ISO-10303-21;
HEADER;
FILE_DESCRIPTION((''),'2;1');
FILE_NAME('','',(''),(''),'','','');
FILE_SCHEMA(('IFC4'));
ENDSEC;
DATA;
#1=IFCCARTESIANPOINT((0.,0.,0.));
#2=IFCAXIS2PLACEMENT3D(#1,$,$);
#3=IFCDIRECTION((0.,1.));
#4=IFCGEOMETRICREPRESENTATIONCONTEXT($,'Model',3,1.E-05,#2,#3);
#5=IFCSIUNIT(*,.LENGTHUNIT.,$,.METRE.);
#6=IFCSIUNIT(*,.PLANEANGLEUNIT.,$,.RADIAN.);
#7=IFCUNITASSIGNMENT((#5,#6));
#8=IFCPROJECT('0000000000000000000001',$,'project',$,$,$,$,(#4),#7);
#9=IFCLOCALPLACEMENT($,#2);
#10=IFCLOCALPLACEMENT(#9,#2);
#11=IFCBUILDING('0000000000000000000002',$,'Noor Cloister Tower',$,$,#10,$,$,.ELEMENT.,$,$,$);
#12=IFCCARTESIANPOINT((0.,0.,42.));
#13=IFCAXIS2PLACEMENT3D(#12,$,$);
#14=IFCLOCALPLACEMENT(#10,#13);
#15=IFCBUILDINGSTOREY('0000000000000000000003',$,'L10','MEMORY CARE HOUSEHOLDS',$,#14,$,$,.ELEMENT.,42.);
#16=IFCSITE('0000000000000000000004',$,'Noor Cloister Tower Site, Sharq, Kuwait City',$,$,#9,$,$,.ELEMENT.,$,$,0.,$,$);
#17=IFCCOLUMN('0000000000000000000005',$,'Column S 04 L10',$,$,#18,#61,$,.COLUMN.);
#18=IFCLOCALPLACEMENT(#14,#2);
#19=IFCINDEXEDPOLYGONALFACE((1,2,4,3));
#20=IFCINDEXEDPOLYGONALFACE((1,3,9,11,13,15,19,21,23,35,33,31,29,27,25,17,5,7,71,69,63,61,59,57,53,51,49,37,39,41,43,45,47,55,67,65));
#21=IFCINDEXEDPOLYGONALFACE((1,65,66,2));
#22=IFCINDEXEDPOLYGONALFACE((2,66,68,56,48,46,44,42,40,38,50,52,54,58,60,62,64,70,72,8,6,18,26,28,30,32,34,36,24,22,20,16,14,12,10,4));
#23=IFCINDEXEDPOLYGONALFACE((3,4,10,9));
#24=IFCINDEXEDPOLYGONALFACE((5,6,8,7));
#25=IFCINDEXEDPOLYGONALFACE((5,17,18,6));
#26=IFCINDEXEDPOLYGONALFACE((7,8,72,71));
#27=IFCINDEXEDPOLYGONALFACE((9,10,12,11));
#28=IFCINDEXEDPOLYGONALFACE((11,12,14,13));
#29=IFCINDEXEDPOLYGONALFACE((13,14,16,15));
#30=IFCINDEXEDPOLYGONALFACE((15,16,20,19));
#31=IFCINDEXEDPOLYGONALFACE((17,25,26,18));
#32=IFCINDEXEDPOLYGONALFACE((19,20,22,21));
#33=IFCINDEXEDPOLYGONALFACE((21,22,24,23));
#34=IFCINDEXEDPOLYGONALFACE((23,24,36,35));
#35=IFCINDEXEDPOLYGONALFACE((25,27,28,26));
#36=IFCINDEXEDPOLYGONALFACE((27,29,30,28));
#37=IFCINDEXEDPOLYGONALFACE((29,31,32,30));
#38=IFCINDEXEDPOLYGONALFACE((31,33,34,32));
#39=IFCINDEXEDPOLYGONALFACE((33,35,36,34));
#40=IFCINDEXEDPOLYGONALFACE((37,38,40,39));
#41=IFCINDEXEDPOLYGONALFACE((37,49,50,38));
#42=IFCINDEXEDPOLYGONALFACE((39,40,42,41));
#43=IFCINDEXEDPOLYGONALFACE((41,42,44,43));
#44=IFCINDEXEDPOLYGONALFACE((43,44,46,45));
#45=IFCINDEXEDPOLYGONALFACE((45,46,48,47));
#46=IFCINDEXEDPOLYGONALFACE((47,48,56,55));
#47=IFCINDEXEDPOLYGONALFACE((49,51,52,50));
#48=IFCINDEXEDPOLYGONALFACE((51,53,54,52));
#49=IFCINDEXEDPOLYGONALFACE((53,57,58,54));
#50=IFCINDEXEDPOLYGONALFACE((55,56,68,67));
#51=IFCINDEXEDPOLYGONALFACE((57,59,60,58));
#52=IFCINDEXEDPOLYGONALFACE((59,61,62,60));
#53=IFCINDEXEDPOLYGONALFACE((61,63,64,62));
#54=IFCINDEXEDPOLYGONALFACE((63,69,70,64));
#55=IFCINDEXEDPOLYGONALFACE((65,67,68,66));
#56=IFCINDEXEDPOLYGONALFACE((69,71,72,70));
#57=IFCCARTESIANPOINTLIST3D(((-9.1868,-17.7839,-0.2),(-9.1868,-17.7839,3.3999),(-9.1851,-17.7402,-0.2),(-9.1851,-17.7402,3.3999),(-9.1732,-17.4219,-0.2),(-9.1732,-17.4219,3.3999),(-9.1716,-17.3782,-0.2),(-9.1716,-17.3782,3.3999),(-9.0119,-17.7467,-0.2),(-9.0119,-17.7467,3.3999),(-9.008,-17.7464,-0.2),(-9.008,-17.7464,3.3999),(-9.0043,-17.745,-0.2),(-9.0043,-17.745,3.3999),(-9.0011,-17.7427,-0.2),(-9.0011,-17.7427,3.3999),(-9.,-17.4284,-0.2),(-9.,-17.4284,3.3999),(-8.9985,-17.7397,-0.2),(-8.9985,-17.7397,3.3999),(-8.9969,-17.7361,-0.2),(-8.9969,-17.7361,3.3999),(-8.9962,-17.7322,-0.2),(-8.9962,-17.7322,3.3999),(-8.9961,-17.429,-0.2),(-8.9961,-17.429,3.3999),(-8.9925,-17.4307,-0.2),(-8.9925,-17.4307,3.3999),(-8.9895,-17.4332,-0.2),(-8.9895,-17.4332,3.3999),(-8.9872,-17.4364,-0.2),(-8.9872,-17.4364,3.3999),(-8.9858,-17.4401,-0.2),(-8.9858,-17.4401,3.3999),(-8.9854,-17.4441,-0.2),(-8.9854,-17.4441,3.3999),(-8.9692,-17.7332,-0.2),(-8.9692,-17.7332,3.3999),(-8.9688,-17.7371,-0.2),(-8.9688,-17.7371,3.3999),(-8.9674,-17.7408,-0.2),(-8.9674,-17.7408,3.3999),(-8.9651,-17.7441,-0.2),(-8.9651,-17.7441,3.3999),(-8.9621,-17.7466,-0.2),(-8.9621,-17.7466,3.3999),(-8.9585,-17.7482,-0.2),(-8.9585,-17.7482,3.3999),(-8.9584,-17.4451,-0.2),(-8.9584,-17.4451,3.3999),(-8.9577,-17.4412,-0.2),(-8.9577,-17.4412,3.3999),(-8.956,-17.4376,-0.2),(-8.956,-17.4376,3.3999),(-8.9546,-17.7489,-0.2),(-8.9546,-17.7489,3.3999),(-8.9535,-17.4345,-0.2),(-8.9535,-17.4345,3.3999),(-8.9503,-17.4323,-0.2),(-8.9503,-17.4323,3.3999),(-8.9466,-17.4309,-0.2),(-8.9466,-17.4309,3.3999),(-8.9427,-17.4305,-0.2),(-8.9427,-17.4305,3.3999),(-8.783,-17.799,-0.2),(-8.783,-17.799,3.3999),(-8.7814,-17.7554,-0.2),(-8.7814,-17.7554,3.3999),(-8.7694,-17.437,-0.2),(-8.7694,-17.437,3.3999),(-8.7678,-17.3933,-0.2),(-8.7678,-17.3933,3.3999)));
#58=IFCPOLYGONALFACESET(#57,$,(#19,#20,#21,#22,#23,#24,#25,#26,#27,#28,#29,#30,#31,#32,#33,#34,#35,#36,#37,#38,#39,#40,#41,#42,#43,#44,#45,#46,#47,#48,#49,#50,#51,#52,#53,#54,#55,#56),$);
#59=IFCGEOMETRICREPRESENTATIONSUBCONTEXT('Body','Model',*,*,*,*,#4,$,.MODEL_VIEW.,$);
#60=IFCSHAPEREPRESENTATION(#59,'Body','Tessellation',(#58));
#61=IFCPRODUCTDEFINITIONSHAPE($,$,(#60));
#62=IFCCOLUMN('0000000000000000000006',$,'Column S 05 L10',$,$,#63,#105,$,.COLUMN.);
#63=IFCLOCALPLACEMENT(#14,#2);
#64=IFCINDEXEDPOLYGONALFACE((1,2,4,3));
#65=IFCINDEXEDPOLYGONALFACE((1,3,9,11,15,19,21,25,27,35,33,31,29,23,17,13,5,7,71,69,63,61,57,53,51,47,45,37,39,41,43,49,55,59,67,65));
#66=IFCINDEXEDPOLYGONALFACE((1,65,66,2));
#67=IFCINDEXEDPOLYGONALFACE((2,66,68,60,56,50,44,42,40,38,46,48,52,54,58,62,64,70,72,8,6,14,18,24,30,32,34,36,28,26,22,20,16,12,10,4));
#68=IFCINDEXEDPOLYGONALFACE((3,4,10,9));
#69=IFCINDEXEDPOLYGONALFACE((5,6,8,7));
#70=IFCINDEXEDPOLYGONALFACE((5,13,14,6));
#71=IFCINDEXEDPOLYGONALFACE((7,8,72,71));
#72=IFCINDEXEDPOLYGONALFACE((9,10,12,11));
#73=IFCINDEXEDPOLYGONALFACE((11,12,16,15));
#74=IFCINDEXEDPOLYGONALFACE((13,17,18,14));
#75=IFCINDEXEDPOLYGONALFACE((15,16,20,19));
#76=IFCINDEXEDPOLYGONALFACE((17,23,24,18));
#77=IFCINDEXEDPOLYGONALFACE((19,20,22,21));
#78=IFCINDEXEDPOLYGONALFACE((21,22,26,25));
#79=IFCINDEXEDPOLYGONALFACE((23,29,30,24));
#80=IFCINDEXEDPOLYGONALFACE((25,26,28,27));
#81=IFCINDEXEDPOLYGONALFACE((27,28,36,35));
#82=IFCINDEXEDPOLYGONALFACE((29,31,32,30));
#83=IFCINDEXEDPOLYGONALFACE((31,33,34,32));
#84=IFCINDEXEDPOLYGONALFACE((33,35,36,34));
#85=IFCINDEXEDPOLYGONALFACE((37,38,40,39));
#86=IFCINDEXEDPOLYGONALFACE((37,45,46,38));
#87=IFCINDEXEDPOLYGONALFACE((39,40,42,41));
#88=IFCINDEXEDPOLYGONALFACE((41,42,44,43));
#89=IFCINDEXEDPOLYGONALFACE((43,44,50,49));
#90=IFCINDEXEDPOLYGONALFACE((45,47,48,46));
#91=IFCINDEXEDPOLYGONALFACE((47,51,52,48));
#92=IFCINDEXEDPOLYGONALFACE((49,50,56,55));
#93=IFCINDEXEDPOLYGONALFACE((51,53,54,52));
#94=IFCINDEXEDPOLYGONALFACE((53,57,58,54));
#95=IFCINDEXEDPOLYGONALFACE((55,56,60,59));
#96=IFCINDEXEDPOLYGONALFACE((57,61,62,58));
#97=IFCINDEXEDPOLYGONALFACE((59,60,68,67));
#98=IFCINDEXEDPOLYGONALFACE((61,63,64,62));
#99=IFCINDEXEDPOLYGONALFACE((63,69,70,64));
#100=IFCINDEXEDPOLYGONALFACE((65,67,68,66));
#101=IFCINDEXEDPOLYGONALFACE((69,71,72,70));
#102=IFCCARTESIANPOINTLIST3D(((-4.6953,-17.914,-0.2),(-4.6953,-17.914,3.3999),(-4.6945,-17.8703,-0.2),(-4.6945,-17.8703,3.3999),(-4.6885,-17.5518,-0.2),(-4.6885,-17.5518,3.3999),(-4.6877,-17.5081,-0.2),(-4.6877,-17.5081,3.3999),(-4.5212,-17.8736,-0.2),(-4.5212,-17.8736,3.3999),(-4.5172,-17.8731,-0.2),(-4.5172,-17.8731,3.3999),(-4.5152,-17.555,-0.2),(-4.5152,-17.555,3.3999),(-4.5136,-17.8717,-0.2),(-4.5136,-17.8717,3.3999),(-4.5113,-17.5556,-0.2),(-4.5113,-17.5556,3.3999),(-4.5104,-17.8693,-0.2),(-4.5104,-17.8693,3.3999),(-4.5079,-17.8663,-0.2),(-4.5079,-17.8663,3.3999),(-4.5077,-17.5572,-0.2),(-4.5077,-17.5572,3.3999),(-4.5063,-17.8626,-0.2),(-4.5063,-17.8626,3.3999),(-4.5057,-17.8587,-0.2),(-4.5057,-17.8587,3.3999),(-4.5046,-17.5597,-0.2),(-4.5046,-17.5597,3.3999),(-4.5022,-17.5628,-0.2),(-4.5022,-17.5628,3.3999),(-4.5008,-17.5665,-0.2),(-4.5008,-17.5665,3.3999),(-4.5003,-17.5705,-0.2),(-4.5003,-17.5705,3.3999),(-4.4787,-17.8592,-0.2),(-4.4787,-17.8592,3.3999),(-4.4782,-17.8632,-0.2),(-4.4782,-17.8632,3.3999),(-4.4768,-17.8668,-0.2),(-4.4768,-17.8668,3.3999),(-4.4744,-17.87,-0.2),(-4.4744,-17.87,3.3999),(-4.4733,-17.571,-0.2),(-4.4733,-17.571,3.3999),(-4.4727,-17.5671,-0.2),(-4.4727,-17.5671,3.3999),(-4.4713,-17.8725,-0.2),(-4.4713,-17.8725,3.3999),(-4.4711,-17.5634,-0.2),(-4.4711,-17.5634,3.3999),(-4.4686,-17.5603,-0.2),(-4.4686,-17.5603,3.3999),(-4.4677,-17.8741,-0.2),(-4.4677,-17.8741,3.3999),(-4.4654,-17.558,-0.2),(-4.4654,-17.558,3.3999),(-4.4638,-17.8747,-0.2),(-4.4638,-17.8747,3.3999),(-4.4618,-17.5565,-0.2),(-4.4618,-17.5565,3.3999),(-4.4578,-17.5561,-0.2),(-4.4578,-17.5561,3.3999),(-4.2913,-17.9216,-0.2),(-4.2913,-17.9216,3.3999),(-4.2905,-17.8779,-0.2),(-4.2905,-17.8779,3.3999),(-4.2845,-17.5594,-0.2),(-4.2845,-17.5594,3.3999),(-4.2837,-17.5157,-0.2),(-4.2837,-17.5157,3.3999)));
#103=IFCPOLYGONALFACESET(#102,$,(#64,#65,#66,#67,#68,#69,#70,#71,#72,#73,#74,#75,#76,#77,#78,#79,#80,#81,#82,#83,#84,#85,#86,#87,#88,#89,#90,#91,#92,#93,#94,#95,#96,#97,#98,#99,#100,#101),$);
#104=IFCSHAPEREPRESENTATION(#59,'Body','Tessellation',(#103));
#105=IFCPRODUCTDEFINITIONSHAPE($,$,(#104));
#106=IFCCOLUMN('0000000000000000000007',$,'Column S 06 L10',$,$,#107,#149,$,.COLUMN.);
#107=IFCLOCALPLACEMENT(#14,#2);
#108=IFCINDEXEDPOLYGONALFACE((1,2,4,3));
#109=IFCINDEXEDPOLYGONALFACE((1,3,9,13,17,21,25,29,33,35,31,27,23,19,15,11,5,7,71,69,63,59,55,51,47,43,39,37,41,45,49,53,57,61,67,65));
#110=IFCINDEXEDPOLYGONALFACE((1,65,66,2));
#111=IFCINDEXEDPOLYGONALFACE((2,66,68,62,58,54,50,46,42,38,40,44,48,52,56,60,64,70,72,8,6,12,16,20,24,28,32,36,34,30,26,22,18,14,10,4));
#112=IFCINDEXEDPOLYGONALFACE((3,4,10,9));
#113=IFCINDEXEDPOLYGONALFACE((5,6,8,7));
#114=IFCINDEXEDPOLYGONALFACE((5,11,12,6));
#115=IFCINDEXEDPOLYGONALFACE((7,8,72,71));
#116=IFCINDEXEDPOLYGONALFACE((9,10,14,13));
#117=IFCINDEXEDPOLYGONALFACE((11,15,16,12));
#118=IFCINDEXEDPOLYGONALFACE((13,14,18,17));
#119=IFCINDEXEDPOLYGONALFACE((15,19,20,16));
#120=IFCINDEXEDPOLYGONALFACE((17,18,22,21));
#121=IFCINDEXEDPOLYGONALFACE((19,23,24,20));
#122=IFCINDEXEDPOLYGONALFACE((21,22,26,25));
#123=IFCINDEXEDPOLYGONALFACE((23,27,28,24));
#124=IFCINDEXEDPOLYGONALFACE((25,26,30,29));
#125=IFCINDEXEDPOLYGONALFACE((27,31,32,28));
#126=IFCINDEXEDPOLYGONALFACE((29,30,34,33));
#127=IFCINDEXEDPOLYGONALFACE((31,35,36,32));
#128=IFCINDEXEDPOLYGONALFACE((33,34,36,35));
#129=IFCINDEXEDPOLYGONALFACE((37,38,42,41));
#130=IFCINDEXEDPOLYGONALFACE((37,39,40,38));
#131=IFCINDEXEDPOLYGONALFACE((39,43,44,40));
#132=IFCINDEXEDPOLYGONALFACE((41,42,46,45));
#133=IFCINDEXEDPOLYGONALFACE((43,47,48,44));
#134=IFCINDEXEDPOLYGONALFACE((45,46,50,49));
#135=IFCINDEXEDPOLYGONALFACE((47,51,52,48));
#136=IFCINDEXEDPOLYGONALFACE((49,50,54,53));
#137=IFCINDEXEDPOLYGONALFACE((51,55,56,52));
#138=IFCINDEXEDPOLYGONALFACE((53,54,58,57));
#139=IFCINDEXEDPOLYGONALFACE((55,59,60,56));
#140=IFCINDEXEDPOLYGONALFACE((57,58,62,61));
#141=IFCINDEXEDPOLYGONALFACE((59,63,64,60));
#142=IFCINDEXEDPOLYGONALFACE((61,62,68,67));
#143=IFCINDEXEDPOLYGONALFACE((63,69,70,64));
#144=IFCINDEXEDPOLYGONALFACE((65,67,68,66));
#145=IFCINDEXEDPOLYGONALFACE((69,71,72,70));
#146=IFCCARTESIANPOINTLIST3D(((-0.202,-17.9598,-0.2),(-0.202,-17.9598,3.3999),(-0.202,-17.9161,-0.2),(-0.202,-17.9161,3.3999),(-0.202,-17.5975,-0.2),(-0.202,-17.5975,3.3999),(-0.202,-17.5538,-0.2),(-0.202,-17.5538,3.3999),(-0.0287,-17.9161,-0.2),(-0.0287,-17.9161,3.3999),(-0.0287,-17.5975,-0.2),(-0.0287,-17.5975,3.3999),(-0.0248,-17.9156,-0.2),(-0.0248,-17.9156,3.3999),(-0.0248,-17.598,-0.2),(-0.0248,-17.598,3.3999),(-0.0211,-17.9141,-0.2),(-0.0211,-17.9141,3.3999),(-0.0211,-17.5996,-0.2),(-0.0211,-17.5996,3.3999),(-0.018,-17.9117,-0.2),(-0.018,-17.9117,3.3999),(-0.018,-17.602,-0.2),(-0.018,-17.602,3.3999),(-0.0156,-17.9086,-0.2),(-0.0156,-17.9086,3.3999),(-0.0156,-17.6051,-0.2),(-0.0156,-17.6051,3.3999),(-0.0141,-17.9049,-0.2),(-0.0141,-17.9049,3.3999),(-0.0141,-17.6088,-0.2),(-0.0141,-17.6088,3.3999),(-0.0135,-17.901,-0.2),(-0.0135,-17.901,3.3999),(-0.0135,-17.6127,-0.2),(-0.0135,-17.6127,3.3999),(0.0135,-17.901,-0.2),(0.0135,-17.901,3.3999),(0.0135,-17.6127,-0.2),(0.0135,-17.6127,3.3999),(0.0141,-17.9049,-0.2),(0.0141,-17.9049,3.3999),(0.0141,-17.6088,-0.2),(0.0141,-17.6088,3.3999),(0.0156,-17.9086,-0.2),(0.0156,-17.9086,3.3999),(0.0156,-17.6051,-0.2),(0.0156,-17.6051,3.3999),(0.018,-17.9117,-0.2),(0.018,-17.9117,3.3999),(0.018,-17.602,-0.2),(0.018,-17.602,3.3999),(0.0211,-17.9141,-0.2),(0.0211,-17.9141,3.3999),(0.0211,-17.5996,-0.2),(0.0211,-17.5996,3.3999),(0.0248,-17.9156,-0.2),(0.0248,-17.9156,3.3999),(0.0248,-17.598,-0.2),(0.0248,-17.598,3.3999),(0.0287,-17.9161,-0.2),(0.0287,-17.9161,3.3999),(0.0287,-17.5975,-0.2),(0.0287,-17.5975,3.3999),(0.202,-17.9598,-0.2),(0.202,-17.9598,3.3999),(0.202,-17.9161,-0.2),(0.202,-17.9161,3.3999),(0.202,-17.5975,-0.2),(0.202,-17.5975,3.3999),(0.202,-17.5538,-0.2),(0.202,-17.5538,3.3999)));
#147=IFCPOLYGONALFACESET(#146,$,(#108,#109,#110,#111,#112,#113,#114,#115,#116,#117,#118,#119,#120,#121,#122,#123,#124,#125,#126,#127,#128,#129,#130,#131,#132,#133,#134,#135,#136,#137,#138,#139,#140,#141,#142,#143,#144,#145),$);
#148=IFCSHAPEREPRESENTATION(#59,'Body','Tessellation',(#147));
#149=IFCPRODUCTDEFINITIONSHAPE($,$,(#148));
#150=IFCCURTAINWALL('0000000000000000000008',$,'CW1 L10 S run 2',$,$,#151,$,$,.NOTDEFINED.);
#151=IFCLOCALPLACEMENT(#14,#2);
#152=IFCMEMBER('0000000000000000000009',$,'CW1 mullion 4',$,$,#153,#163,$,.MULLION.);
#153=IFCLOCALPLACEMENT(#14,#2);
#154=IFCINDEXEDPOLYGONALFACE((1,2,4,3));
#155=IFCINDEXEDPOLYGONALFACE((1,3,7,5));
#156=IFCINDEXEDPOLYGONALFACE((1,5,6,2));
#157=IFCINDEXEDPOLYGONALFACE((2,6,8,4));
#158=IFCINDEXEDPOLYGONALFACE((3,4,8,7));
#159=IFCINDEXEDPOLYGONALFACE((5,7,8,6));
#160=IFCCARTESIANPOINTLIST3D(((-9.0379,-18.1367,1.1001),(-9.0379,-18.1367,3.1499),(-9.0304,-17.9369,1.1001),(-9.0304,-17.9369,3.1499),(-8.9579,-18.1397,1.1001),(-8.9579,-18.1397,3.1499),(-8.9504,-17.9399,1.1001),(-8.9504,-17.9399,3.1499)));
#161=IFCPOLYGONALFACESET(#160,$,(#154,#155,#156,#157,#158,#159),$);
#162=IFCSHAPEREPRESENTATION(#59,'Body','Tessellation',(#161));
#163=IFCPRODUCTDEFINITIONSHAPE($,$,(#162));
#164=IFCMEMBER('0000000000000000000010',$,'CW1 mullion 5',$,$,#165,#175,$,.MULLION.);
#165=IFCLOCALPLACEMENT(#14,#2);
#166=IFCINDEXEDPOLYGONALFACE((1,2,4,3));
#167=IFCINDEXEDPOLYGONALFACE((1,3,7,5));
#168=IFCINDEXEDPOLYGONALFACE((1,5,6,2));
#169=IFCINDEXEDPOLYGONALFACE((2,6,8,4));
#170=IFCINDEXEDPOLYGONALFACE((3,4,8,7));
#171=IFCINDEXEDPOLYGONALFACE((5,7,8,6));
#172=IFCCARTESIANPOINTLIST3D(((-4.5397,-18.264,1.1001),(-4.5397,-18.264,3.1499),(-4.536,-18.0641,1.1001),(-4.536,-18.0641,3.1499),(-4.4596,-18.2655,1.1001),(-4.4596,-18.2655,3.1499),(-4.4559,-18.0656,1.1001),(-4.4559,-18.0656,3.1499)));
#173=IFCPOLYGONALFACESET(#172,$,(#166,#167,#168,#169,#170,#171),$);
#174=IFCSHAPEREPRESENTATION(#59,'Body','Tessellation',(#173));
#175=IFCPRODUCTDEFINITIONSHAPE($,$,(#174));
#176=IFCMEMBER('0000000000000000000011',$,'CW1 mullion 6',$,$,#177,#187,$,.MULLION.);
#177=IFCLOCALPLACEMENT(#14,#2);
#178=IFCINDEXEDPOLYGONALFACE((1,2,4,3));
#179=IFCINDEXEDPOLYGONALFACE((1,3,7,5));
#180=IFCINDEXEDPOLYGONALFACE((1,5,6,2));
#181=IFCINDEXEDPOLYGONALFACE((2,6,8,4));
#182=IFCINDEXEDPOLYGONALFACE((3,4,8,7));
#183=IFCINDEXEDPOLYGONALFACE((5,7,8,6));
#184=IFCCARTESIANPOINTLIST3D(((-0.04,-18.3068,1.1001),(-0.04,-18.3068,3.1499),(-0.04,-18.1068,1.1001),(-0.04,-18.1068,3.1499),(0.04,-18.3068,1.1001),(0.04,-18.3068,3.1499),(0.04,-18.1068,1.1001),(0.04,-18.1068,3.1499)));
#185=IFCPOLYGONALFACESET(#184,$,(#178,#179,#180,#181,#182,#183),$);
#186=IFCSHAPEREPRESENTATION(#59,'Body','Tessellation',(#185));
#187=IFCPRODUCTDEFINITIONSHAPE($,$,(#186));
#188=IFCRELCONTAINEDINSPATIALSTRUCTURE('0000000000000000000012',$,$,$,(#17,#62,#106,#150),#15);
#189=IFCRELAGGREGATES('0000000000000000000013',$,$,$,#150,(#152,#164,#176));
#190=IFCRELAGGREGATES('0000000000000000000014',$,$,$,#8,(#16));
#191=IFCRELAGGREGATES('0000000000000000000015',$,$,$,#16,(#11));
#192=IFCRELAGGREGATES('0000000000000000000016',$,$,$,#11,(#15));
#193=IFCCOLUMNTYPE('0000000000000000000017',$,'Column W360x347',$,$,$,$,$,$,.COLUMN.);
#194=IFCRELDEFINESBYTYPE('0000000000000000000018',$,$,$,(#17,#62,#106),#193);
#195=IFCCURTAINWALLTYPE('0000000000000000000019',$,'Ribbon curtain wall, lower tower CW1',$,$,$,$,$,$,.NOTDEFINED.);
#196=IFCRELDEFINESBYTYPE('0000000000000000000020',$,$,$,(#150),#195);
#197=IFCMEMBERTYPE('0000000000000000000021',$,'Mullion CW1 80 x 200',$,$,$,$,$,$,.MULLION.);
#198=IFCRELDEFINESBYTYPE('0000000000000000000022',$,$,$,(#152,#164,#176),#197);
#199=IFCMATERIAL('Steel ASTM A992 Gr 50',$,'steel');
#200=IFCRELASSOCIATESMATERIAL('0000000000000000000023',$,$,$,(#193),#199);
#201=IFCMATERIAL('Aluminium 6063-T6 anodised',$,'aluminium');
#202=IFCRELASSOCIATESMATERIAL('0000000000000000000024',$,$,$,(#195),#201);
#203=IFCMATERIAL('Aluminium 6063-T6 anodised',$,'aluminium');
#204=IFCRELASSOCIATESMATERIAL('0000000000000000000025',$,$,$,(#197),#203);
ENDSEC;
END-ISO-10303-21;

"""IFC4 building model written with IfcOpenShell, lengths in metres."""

from ifc_helpers import new_model, si_unit, direction, frame, origin, origin_2d, place, context, subcontext, project, spatial, rectangle, i_section, extrude, material, material_profile, profile_set, type_object, element, aggregate, save


model = new_model("IFC4")

# Units and contexts
model_context = context("Model", 3, precision=1e-05, world=origin(), true_north=direction((0.0, 1.0)))
body_context = subcontext(model_context, "Body", "Model", "MODEL_VIEW")
ifc_project = project(units=[si_unit("LENGTHUNIT", "METRE"), si_unit("PLANEANGLEUNIT", "RADIAN")], contexts=[model_context])

# Site, building, storey
site_placement = place(None, origin())
site = spatial("IfcSite", under=ifc_project, at=site_placement, Name="Noor Cloister Tower Site, Sharq, Kuwait City", CompositionType="ELEMENT", RefElevation=0.0)
building_placement = place(site_placement, origin())
building = spatial("IfcBuilding", under=site, at=building_placement, Name="Noor Cloister Tower", CompositionType="ELEMENT")
storey_placement = place(building_placement, frame((0.0, 0.0, 42.0)))
storey = spatial("IfcBuildingStorey", under=building, at=storey_placement, Name="L10", Description="MEMORY CARE HOUSEHOLDS", CompositionType="ELEMENT", Elevation=42.0)

# Columns
ifc_material_1 = material(Name="Steel ASTM A992 Gr 50", Category="steel")
ifc_material_profile_1 = material_profile(ifc_material_1, i_section(OverallWidth=0.4041, OverallDepth=0.406, WebThickness=0.0271, FlangeThickness=0.0437, FilletRadius=0.0151, at=origin_2d()), Name="W360x347")
ifc_profile_set_1 = profile_set([ifc_material_profile_1], Name="Steel ASTM A992 Gr 50")
column_type = type_object("IfcColumnType", Name="Column W360x347", PredefinedType="COLUMN", material=ifc_profile_set_1)
for number, where, z_axis, x_axis, name in (
    (1, (-8.9773, -17.5886, -0.2), (0.0, 0.0, 1.0), (0.999299, -0.037446, 0.0), "Column S 04 L10"),
    (2, (-4.4895, -17.7148, -0.2), (0.0, 0.0, 1.0), (0.999825, -0.018726, 0.0), "Column S 05 L10"),
    (3, (0.0, -17.7568, -0.2), (0.0, 0.0, 1.0), (1.0, 0.0, 0.0), "Column S 06 L10"),
):
    element("IfcColumn", number, at=place(storey_placement, frame(where, z_axis=z_axis, x_axis=x_axis)), inside=storey, type_object=column_type, Name=name, PredefinedType="COLUMN", context=body_context, shape_type="SweptSolid", body=[
        extrude(i_section(OverallWidth=0.4041, OverallDepth=0.406, WebThickness=0.0271, FlangeThickness=0.0437, FilletRadius=0.0151, at=origin_2d()), origin(), (0.0, 0.0, 1.0), 3.5999),
    ])

# Curtain wall, members
ifc_material_2 = material(Name="Aluminium 6063-T6 anodised", Category="aluminium")
curtain_wall_type = type_object("IfcCurtainWallType", Name="Ribbon curtain wall, lower tower CW1", PredefinedType="NOTDEFINED", material=ifc_material_2)
curtain_wall_placement = place(storey_placement, origin())
curtain_wall = element("IfcCurtainWall", 4, at=curtain_wall_placement, inside=storey, type_object=curtain_wall_type, Name="CW1 L10 S run 2", PredefinedType="NOTDEFINED")
ifc_material_3 = material(Name="Aluminium 6063-T6 anodised", Category="aluminium")
ifc_material_profile_2 = material_profile(ifc_material_3, rectangle(XDim=0.2, YDim=0.0801, at=origin_2d()), Name="200 x 80 mullion")
ifc_profile_set_2 = profile_set([ifc_material_profile_2], Name="Aluminium 6063-T6 anodised")
member_type = type_object("IfcMemberType", Name="Mullion CW1 80 x 200", PredefinedType="MULLION", material=ifc_profile_set_2)
member_1_placement = place(storey_placement, frame((-8.9941, -18.0383, 1.1001), z_axis=(0.0, 0.0, 1.0), x_axis=(0.037446, 0.999299, 0.0)))
member_1 = element("IfcMember", 5, at=member_1_placement, type_object=member_type, Name="CW1 mullion 4", PredefinedType="MULLION", context=body_context, shape_type="SweptSolid", body=[
    extrude(rectangle(XDim=0.2, YDim=0.0801, at=origin_2d()), origin(), (0.0, 0.0, 1.0), 2.0498),
])
member_2_placement = place(storey_placement, frame((-4.4978, -18.1648, 1.1001), z_axis=(0.0, 0.0, 1.0), x_axis=(0.018726, 0.999825, 0.0)))
member_2 = element("IfcMember", 6, at=member_2_placement, type_object=member_type, Name="CW1 mullion 5", PredefinedType="MULLION", context=body_context, shape_type="SweptSolid", body=[
    extrude(rectangle(XDim=0.2, YDim=0.0801, at=origin_2d()), origin(), (0.0, 0.0, 1.0), 2.0498),
])
member_3_placement = place(storey_placement, frame((0.0, -18.2068, 1.1001), z_axis=(0.0, 0.0, 1.0), x_axis=(0.0, 1.0, 0.0)))
member_3 = element("IfcMember", 7, at=member_3_placement, type_object=member_type, Name="CW1 mullion 6", PredefinedType="MULLION", context=body_context, shape_type="SweptSolid", body=[
    extrude(rectangle(XDim=0.2, YDim=0.0801, at=origin_2d()), origin(), (0.0, 0.0, 1.0), 2.0498),
])

aggregate(curtain_wall, [member_1, member_2, member_3])

save(model, "model.ifc")
